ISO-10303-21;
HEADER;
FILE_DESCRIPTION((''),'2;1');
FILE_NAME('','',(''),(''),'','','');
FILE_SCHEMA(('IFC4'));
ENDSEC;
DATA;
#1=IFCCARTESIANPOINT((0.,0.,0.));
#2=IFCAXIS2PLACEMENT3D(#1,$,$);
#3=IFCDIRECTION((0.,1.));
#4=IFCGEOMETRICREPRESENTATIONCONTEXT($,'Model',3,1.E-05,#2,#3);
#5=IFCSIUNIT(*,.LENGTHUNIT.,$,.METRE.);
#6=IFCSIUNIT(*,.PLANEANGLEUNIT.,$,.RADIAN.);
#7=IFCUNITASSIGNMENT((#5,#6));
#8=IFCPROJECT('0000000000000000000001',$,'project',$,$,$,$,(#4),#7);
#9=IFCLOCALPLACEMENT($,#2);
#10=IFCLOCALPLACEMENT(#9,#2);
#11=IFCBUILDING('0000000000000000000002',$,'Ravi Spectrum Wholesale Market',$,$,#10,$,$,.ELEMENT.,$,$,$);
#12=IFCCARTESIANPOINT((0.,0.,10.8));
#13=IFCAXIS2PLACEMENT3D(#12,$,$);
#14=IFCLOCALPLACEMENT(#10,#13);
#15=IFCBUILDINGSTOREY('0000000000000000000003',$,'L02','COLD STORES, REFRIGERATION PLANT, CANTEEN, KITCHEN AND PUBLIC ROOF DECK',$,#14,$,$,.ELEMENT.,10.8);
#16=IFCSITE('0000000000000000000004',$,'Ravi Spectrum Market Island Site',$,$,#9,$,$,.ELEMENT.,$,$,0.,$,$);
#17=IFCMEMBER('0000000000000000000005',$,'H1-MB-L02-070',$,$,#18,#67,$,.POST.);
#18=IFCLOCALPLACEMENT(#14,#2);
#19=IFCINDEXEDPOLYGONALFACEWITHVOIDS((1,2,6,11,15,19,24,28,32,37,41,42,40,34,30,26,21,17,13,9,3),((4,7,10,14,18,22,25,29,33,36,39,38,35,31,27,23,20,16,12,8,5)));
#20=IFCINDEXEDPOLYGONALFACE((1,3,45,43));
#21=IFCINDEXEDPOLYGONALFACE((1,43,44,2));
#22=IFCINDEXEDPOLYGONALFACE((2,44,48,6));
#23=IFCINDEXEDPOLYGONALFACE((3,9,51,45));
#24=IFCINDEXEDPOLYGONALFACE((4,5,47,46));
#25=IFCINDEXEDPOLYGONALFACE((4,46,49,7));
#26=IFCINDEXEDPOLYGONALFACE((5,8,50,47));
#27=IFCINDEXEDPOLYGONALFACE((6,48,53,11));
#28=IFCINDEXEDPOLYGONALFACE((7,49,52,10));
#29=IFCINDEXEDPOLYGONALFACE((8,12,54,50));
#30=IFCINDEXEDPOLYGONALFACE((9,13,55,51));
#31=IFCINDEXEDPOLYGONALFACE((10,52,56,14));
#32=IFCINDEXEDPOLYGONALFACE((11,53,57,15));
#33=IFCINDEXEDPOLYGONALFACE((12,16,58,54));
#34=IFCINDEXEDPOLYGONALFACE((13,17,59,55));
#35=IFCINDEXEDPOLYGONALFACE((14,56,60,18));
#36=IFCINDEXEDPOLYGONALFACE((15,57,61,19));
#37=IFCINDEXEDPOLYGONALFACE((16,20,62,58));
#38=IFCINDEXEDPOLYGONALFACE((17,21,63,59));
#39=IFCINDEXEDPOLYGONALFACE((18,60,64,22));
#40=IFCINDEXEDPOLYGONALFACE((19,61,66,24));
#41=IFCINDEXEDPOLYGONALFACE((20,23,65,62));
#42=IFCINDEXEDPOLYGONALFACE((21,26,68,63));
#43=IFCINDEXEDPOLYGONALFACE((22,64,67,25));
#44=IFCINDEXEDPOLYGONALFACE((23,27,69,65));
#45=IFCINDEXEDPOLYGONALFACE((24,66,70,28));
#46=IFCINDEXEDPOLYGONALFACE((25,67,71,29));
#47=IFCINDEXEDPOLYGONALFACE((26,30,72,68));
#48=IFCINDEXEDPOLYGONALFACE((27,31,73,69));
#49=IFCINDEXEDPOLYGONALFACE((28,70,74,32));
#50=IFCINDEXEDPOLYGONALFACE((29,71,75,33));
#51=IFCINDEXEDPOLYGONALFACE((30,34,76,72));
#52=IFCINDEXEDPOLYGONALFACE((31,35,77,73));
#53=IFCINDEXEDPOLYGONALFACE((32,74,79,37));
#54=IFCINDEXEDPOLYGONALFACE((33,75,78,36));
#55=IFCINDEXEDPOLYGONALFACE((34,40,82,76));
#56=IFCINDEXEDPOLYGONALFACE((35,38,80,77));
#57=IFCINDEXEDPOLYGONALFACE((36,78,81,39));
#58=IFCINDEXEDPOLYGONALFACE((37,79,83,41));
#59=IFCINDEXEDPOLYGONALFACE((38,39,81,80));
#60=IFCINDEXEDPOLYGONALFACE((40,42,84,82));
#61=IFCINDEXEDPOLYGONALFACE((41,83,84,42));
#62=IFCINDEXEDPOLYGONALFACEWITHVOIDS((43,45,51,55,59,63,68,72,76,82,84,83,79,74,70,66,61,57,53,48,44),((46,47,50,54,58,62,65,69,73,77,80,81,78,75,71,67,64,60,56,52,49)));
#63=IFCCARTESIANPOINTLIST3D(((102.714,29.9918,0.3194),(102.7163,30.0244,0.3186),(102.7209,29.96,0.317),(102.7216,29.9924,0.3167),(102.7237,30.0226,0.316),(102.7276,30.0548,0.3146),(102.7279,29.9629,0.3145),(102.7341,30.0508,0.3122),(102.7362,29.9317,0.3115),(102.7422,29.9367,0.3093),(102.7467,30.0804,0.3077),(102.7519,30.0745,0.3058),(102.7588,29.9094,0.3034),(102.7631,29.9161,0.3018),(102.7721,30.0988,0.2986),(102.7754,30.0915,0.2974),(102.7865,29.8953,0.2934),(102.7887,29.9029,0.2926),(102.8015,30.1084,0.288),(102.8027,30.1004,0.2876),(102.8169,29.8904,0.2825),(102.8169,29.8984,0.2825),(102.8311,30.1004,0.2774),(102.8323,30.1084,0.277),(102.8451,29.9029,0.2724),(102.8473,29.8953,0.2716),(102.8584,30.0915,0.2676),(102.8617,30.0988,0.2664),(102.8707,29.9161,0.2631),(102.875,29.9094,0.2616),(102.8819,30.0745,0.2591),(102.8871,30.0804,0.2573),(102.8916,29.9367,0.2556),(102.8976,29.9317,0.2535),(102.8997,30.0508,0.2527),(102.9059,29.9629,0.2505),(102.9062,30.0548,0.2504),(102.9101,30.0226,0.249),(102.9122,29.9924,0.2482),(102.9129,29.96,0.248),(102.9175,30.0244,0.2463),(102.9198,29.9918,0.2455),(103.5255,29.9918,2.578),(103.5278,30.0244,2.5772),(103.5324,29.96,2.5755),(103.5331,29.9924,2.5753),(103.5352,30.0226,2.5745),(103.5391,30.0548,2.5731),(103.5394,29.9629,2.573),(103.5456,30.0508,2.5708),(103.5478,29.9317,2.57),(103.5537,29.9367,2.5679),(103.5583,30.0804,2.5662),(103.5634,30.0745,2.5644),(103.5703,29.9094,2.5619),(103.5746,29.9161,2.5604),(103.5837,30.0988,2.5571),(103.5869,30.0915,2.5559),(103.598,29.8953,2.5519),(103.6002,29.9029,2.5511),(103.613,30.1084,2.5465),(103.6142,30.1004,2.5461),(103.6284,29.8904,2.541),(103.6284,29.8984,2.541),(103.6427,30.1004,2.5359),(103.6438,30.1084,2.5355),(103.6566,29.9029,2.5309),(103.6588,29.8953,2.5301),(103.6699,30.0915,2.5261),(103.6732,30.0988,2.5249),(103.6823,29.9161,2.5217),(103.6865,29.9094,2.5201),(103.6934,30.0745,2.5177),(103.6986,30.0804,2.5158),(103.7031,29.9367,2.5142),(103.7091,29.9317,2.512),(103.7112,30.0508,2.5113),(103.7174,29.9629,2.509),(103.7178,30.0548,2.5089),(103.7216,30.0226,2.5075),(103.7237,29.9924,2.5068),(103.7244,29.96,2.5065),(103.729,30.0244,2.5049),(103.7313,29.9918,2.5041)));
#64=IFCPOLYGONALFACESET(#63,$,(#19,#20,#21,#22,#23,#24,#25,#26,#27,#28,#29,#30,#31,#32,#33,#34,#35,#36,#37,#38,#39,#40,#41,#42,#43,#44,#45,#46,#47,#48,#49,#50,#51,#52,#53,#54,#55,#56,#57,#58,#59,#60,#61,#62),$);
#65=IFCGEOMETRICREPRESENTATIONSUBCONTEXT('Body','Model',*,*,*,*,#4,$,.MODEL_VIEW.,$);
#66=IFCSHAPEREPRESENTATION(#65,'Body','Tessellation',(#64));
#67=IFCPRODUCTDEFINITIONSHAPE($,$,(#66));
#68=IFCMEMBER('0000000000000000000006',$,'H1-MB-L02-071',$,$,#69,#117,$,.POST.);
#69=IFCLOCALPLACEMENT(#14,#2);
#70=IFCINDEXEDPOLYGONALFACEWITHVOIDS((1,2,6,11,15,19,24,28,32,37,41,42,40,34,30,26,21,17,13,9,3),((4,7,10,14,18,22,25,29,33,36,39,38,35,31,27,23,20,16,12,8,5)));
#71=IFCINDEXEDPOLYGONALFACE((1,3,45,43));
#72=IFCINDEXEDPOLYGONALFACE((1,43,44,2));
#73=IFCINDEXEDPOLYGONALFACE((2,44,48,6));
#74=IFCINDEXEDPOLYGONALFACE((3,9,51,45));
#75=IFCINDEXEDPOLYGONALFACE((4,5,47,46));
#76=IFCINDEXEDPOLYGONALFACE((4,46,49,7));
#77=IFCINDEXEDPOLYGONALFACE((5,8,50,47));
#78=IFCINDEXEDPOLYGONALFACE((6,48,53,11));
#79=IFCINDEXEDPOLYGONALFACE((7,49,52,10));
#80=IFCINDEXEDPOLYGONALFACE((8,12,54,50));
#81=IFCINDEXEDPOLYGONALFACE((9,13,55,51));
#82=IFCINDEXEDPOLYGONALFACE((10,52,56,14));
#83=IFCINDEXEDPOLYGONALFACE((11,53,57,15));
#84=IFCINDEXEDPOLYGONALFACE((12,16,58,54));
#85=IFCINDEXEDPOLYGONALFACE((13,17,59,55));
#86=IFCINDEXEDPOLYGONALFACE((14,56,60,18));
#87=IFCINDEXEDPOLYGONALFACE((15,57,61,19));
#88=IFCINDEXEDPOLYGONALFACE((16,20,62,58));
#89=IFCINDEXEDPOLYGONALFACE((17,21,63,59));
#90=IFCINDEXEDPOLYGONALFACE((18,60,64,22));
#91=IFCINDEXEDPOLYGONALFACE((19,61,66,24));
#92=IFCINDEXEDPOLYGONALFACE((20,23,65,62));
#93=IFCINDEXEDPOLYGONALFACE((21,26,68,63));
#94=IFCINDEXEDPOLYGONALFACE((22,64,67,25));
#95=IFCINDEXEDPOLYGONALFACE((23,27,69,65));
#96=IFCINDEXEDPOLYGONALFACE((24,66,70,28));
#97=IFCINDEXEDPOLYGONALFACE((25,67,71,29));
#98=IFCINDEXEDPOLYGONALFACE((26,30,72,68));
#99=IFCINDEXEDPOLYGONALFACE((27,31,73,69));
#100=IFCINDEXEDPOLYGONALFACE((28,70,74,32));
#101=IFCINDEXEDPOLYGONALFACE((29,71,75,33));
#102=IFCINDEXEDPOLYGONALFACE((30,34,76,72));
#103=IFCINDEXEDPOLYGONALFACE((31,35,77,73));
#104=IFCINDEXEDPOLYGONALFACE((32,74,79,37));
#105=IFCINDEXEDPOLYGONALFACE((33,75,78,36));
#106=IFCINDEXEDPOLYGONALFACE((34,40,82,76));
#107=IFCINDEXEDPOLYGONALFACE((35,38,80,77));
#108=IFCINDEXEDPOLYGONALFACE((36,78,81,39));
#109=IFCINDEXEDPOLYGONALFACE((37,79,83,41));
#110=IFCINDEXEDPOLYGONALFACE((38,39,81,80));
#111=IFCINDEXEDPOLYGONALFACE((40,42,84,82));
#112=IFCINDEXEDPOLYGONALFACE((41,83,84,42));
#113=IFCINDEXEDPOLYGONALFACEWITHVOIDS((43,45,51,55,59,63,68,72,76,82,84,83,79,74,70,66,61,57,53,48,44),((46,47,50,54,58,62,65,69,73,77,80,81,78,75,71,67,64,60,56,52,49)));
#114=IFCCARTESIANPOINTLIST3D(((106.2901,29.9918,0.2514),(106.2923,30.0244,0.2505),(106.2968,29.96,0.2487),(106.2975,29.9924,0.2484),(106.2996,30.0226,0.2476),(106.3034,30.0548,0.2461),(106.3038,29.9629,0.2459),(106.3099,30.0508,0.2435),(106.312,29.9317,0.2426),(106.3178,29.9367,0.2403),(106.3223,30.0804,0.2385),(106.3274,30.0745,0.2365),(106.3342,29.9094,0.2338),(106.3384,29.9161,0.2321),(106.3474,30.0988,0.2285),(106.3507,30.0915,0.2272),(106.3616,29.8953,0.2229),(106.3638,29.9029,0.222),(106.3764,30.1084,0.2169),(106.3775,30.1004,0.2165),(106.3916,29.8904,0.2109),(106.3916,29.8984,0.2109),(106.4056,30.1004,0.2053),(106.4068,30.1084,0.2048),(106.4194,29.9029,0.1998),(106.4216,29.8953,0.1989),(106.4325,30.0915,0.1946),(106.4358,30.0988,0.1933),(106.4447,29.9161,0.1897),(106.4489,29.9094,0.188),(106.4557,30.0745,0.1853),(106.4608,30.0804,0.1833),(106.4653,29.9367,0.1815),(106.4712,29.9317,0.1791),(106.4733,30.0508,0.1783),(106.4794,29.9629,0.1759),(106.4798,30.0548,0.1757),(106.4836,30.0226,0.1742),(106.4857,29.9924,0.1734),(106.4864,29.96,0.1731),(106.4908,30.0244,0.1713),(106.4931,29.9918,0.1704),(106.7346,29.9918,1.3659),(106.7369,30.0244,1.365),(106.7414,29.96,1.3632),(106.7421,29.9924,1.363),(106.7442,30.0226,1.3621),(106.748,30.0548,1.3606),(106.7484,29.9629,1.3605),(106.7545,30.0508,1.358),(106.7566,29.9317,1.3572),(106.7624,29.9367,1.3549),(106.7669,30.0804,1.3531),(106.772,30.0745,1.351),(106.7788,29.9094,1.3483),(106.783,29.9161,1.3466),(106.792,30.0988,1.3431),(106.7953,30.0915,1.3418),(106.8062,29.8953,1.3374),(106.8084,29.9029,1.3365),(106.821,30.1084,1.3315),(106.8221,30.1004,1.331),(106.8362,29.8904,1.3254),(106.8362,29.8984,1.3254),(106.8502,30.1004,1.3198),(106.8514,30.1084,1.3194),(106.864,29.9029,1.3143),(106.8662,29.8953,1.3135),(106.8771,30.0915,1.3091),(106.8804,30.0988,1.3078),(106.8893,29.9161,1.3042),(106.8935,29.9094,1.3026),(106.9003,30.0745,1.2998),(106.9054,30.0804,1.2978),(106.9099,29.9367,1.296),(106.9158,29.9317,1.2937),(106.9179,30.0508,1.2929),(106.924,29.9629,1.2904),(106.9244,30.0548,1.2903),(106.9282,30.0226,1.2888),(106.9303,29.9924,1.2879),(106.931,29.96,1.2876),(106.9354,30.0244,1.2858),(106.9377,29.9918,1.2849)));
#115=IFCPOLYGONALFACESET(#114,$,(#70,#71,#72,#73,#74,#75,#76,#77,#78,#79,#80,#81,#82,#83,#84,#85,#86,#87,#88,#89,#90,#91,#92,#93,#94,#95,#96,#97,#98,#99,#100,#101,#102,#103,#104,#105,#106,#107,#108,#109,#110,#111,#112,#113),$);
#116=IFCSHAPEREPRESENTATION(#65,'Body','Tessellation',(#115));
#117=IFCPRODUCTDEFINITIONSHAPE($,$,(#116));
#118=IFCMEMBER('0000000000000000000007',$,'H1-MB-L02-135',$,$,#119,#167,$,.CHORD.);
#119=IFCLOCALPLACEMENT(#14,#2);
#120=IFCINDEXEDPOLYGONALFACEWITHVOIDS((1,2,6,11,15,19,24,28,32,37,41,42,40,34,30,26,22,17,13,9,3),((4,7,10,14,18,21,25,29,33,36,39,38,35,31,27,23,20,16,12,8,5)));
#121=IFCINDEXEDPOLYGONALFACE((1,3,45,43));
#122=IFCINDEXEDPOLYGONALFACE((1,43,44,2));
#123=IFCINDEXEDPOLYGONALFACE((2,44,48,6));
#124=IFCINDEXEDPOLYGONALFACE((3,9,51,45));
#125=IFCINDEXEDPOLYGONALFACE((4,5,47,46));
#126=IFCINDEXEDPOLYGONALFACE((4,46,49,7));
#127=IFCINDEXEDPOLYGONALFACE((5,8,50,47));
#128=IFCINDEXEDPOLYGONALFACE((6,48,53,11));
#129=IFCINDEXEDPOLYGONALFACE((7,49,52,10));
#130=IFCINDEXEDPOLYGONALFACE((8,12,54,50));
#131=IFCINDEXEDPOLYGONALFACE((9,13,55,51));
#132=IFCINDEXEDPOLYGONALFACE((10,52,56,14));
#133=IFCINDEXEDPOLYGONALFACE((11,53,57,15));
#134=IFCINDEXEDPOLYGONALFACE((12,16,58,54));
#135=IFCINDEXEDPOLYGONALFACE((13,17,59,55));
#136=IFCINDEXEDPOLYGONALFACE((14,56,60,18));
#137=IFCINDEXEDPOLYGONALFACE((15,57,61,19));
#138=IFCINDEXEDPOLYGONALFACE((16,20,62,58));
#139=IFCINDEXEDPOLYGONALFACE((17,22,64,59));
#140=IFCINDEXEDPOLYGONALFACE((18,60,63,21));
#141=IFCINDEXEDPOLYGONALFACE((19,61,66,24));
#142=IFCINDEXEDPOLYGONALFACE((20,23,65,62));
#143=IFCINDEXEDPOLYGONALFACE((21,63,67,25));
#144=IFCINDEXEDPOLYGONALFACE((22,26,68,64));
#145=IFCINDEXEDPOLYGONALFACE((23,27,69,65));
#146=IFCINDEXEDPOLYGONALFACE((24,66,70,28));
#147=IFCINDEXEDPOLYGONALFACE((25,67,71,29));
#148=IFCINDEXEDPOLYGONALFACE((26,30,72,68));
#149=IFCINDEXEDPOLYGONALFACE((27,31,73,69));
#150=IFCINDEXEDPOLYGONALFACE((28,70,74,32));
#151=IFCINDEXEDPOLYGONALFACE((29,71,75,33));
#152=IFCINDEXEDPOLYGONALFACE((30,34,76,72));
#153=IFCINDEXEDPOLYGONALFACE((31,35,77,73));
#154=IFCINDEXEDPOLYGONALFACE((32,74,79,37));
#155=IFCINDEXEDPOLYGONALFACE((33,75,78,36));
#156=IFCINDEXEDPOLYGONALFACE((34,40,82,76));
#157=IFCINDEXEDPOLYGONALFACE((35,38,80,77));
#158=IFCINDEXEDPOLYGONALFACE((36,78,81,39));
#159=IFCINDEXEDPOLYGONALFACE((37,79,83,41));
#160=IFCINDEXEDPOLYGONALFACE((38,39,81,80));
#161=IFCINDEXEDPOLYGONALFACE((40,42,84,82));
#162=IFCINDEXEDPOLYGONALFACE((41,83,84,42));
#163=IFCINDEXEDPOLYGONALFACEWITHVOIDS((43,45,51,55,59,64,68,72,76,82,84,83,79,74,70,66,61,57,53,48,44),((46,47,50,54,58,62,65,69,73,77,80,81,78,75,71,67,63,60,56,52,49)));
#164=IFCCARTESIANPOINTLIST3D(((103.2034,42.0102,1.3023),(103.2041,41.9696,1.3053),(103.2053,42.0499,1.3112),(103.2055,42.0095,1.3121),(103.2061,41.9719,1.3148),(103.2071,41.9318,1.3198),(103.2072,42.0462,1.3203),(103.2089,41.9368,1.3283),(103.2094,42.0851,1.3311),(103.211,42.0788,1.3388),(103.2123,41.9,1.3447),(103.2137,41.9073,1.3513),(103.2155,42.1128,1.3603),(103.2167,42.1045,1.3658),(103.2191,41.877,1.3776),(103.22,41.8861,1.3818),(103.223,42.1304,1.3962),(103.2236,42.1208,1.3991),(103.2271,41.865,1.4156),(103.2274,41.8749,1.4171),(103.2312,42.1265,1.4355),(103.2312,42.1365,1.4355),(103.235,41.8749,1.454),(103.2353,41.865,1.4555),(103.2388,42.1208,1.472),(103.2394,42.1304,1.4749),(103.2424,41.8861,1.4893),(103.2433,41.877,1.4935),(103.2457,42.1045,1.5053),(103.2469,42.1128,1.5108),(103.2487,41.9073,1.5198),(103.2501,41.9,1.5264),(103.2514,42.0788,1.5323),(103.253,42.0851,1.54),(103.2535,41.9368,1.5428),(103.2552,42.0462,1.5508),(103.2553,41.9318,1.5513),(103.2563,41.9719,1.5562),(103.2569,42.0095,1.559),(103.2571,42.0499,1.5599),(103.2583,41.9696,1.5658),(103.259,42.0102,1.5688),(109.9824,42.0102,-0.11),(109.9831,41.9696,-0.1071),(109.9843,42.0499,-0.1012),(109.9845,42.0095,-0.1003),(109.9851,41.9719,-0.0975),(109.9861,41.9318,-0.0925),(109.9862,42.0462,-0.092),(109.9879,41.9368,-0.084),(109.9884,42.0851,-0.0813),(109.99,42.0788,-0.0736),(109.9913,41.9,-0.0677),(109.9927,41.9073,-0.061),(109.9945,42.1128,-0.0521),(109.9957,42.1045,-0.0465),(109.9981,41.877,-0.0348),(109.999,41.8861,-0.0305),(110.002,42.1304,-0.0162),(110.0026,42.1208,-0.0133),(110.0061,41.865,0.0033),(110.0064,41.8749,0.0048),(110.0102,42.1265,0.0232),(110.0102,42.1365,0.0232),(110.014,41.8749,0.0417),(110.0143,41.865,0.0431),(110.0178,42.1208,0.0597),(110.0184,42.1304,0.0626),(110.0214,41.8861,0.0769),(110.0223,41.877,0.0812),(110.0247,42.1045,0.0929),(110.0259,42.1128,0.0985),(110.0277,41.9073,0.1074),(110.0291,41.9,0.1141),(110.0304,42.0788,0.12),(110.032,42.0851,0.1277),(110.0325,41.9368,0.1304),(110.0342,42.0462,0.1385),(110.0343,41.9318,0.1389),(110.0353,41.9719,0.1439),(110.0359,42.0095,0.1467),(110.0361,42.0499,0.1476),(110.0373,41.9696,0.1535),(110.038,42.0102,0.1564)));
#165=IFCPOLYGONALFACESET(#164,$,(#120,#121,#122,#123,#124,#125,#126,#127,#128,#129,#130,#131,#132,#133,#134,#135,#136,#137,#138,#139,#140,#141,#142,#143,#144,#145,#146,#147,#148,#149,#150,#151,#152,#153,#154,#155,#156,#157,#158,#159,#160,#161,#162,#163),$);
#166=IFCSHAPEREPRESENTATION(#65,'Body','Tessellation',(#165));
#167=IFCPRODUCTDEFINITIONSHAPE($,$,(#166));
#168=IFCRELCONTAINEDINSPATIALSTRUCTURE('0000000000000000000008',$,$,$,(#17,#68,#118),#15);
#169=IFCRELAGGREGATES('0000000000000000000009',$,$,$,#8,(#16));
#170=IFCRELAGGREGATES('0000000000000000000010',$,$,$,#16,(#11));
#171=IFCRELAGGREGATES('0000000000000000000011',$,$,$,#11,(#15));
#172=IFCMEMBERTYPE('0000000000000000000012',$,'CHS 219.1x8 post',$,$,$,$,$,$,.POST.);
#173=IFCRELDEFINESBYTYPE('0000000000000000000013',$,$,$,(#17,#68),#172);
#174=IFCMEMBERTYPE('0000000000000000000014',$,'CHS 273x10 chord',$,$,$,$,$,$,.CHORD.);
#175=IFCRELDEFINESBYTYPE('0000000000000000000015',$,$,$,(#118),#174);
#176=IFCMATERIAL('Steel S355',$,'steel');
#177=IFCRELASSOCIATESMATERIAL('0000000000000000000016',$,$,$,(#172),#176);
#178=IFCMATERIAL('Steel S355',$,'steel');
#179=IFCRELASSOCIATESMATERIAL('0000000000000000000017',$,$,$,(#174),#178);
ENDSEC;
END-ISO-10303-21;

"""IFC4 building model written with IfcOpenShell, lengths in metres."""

from ifc_helpers import new_model, si_unit, direction, frame, origin, origin_2d, place, context, subcontext, project, spatial, hollow_circle, extrude, material, material_profile, profile_set, type_object, element, save


model = new_model("IFC4")

# Units and contexts
model_context = context("Model", 3, precision=1e-05, world=origin(), true_north=direction((0.0, 1.0)))
body_context = subcontext(model_context, "Body", "Model", "MODEL_VIEW")
ifc_project = project(units=[si_unit("LENGTHUNIT", "METRE"), si_unit("PLANEANGLEUNIT", "RADIAN")], contexts=[model_context])

# Site, building, storey
site_placement = place(None, origin())
site = spatial("IfcSite", under=ifc_project, at=site_placement, Name="Ravi Spectrum Market Island Site", CompositionType="ELEMENT", RefElevation=0.0)
building_placement = place(site_placement, origin())
building = spatial("IfcBuilding", under=site, at=building_placement, Name="Ravi Spectrum Wholesale Market", CompositionType="ELEMENT")
storey_placement = place(building_placement, frame((0.0, 0.0, 10.8)))
storey = spatial("IfcBuildingStorey", under=building, at=storey_placement, Name="L02", Description="COLD STORES, REFRIGERATION PLANT, CANTEEN, KITCHEN AND PUBLIC ROOF DECK", CompositionType="ELEMENT", Elevation=10.8)

# Members
ifc_material_1 = material(Name="Steel S355", Category="steel")
ifc_material_profile_1 = material_profile(ifc_material_1, hollow_circle(Radius=0.1096, WallThickness=0.0081, at=origin_2d()))
ifc_profile_set_1 = profile_set([ifc_material_profile_1], Name="Steel S355")
member_type_1 = type_object("IfcMemberType", Name="CHS 219.1x8 post", PredefinedType="POST", material=ifc_profile_set_1)
member_1_placement = place(storey_placement, frame((103.6284, 30.0, 2.541), z_axis=(-0.338147, 0.0, -0.941093), x_axis=(0.0, -1.0, 0.0)))
element("IfcMember", 1, at=member_1_placement, inside=storey, type_object=member_type_1, Name="H1-MB-L02-070", PredefinedType="POST", context=body_context, shape_type="SweptSolid", body=[
    extrude(hollow_circle(Radius=0.1096, WallThickness=0.0081, at=origin_2d()), origin(), (0.0, 0.0, 1.0), 2.3999),
])
member_2_placement = place(storey_placement, frame((106.8362, 30.0, 1.3254), z_axis=(-0.370513, 0.0, -0.928827), x_axis=(0.0, -1.0, 0.0)))
element("IfcMember", 2, at=member_2_placement, inside=storey, type_object=member_type_1, Name="H1-MB-L02-071", PredefinedType="POST", context=body_context, shape_type="SweptSolid", body=[
    extrude(hollow_circle(Radius=0.1096, WallThickness=0.0081, at=origin_2d()), origin(), (0.0, 0.0, 1.0), 1.2),
])
ifc_material_2 = material(Name="Steel S355", Category="steel")
ifc_material_profile_2 = material_profile(ifc_material_2, hollow_circle(Radius=0.1365, WallThickness=0.01, at=origin_2d()))
ifc_profile_set_2 = profile_set([ifc_material_profile_2], Name="Steel S355")
member_type_2 = type_object("IfcMemberType", Name="CHS 273x10 chord", PredefinedType="CHORD", material=ifc_profile_set_2)
member_3_placement = place(storey_placement, frame((103.2312, 42.0, 1.4355), z_axis=(0.978979, 0.0, -0.203961), x_axis=(0.0, 1.0, 0.0)))
element("IfcMember", 3, at=member_3_placement, inside=storey, type_object=member_type_2, Name="H1-MB-L02-135", PredefinedType="CHORD", context=body_context, shape_type="SweptSolid", body=[
    extrude(hollow_circle(Radius=0.1365, WallThickness=0.01, at=origin_2d()), origin(), (0.0, 0.0, 1.0), 6.9246),
])

save(model, "model.ifc")
